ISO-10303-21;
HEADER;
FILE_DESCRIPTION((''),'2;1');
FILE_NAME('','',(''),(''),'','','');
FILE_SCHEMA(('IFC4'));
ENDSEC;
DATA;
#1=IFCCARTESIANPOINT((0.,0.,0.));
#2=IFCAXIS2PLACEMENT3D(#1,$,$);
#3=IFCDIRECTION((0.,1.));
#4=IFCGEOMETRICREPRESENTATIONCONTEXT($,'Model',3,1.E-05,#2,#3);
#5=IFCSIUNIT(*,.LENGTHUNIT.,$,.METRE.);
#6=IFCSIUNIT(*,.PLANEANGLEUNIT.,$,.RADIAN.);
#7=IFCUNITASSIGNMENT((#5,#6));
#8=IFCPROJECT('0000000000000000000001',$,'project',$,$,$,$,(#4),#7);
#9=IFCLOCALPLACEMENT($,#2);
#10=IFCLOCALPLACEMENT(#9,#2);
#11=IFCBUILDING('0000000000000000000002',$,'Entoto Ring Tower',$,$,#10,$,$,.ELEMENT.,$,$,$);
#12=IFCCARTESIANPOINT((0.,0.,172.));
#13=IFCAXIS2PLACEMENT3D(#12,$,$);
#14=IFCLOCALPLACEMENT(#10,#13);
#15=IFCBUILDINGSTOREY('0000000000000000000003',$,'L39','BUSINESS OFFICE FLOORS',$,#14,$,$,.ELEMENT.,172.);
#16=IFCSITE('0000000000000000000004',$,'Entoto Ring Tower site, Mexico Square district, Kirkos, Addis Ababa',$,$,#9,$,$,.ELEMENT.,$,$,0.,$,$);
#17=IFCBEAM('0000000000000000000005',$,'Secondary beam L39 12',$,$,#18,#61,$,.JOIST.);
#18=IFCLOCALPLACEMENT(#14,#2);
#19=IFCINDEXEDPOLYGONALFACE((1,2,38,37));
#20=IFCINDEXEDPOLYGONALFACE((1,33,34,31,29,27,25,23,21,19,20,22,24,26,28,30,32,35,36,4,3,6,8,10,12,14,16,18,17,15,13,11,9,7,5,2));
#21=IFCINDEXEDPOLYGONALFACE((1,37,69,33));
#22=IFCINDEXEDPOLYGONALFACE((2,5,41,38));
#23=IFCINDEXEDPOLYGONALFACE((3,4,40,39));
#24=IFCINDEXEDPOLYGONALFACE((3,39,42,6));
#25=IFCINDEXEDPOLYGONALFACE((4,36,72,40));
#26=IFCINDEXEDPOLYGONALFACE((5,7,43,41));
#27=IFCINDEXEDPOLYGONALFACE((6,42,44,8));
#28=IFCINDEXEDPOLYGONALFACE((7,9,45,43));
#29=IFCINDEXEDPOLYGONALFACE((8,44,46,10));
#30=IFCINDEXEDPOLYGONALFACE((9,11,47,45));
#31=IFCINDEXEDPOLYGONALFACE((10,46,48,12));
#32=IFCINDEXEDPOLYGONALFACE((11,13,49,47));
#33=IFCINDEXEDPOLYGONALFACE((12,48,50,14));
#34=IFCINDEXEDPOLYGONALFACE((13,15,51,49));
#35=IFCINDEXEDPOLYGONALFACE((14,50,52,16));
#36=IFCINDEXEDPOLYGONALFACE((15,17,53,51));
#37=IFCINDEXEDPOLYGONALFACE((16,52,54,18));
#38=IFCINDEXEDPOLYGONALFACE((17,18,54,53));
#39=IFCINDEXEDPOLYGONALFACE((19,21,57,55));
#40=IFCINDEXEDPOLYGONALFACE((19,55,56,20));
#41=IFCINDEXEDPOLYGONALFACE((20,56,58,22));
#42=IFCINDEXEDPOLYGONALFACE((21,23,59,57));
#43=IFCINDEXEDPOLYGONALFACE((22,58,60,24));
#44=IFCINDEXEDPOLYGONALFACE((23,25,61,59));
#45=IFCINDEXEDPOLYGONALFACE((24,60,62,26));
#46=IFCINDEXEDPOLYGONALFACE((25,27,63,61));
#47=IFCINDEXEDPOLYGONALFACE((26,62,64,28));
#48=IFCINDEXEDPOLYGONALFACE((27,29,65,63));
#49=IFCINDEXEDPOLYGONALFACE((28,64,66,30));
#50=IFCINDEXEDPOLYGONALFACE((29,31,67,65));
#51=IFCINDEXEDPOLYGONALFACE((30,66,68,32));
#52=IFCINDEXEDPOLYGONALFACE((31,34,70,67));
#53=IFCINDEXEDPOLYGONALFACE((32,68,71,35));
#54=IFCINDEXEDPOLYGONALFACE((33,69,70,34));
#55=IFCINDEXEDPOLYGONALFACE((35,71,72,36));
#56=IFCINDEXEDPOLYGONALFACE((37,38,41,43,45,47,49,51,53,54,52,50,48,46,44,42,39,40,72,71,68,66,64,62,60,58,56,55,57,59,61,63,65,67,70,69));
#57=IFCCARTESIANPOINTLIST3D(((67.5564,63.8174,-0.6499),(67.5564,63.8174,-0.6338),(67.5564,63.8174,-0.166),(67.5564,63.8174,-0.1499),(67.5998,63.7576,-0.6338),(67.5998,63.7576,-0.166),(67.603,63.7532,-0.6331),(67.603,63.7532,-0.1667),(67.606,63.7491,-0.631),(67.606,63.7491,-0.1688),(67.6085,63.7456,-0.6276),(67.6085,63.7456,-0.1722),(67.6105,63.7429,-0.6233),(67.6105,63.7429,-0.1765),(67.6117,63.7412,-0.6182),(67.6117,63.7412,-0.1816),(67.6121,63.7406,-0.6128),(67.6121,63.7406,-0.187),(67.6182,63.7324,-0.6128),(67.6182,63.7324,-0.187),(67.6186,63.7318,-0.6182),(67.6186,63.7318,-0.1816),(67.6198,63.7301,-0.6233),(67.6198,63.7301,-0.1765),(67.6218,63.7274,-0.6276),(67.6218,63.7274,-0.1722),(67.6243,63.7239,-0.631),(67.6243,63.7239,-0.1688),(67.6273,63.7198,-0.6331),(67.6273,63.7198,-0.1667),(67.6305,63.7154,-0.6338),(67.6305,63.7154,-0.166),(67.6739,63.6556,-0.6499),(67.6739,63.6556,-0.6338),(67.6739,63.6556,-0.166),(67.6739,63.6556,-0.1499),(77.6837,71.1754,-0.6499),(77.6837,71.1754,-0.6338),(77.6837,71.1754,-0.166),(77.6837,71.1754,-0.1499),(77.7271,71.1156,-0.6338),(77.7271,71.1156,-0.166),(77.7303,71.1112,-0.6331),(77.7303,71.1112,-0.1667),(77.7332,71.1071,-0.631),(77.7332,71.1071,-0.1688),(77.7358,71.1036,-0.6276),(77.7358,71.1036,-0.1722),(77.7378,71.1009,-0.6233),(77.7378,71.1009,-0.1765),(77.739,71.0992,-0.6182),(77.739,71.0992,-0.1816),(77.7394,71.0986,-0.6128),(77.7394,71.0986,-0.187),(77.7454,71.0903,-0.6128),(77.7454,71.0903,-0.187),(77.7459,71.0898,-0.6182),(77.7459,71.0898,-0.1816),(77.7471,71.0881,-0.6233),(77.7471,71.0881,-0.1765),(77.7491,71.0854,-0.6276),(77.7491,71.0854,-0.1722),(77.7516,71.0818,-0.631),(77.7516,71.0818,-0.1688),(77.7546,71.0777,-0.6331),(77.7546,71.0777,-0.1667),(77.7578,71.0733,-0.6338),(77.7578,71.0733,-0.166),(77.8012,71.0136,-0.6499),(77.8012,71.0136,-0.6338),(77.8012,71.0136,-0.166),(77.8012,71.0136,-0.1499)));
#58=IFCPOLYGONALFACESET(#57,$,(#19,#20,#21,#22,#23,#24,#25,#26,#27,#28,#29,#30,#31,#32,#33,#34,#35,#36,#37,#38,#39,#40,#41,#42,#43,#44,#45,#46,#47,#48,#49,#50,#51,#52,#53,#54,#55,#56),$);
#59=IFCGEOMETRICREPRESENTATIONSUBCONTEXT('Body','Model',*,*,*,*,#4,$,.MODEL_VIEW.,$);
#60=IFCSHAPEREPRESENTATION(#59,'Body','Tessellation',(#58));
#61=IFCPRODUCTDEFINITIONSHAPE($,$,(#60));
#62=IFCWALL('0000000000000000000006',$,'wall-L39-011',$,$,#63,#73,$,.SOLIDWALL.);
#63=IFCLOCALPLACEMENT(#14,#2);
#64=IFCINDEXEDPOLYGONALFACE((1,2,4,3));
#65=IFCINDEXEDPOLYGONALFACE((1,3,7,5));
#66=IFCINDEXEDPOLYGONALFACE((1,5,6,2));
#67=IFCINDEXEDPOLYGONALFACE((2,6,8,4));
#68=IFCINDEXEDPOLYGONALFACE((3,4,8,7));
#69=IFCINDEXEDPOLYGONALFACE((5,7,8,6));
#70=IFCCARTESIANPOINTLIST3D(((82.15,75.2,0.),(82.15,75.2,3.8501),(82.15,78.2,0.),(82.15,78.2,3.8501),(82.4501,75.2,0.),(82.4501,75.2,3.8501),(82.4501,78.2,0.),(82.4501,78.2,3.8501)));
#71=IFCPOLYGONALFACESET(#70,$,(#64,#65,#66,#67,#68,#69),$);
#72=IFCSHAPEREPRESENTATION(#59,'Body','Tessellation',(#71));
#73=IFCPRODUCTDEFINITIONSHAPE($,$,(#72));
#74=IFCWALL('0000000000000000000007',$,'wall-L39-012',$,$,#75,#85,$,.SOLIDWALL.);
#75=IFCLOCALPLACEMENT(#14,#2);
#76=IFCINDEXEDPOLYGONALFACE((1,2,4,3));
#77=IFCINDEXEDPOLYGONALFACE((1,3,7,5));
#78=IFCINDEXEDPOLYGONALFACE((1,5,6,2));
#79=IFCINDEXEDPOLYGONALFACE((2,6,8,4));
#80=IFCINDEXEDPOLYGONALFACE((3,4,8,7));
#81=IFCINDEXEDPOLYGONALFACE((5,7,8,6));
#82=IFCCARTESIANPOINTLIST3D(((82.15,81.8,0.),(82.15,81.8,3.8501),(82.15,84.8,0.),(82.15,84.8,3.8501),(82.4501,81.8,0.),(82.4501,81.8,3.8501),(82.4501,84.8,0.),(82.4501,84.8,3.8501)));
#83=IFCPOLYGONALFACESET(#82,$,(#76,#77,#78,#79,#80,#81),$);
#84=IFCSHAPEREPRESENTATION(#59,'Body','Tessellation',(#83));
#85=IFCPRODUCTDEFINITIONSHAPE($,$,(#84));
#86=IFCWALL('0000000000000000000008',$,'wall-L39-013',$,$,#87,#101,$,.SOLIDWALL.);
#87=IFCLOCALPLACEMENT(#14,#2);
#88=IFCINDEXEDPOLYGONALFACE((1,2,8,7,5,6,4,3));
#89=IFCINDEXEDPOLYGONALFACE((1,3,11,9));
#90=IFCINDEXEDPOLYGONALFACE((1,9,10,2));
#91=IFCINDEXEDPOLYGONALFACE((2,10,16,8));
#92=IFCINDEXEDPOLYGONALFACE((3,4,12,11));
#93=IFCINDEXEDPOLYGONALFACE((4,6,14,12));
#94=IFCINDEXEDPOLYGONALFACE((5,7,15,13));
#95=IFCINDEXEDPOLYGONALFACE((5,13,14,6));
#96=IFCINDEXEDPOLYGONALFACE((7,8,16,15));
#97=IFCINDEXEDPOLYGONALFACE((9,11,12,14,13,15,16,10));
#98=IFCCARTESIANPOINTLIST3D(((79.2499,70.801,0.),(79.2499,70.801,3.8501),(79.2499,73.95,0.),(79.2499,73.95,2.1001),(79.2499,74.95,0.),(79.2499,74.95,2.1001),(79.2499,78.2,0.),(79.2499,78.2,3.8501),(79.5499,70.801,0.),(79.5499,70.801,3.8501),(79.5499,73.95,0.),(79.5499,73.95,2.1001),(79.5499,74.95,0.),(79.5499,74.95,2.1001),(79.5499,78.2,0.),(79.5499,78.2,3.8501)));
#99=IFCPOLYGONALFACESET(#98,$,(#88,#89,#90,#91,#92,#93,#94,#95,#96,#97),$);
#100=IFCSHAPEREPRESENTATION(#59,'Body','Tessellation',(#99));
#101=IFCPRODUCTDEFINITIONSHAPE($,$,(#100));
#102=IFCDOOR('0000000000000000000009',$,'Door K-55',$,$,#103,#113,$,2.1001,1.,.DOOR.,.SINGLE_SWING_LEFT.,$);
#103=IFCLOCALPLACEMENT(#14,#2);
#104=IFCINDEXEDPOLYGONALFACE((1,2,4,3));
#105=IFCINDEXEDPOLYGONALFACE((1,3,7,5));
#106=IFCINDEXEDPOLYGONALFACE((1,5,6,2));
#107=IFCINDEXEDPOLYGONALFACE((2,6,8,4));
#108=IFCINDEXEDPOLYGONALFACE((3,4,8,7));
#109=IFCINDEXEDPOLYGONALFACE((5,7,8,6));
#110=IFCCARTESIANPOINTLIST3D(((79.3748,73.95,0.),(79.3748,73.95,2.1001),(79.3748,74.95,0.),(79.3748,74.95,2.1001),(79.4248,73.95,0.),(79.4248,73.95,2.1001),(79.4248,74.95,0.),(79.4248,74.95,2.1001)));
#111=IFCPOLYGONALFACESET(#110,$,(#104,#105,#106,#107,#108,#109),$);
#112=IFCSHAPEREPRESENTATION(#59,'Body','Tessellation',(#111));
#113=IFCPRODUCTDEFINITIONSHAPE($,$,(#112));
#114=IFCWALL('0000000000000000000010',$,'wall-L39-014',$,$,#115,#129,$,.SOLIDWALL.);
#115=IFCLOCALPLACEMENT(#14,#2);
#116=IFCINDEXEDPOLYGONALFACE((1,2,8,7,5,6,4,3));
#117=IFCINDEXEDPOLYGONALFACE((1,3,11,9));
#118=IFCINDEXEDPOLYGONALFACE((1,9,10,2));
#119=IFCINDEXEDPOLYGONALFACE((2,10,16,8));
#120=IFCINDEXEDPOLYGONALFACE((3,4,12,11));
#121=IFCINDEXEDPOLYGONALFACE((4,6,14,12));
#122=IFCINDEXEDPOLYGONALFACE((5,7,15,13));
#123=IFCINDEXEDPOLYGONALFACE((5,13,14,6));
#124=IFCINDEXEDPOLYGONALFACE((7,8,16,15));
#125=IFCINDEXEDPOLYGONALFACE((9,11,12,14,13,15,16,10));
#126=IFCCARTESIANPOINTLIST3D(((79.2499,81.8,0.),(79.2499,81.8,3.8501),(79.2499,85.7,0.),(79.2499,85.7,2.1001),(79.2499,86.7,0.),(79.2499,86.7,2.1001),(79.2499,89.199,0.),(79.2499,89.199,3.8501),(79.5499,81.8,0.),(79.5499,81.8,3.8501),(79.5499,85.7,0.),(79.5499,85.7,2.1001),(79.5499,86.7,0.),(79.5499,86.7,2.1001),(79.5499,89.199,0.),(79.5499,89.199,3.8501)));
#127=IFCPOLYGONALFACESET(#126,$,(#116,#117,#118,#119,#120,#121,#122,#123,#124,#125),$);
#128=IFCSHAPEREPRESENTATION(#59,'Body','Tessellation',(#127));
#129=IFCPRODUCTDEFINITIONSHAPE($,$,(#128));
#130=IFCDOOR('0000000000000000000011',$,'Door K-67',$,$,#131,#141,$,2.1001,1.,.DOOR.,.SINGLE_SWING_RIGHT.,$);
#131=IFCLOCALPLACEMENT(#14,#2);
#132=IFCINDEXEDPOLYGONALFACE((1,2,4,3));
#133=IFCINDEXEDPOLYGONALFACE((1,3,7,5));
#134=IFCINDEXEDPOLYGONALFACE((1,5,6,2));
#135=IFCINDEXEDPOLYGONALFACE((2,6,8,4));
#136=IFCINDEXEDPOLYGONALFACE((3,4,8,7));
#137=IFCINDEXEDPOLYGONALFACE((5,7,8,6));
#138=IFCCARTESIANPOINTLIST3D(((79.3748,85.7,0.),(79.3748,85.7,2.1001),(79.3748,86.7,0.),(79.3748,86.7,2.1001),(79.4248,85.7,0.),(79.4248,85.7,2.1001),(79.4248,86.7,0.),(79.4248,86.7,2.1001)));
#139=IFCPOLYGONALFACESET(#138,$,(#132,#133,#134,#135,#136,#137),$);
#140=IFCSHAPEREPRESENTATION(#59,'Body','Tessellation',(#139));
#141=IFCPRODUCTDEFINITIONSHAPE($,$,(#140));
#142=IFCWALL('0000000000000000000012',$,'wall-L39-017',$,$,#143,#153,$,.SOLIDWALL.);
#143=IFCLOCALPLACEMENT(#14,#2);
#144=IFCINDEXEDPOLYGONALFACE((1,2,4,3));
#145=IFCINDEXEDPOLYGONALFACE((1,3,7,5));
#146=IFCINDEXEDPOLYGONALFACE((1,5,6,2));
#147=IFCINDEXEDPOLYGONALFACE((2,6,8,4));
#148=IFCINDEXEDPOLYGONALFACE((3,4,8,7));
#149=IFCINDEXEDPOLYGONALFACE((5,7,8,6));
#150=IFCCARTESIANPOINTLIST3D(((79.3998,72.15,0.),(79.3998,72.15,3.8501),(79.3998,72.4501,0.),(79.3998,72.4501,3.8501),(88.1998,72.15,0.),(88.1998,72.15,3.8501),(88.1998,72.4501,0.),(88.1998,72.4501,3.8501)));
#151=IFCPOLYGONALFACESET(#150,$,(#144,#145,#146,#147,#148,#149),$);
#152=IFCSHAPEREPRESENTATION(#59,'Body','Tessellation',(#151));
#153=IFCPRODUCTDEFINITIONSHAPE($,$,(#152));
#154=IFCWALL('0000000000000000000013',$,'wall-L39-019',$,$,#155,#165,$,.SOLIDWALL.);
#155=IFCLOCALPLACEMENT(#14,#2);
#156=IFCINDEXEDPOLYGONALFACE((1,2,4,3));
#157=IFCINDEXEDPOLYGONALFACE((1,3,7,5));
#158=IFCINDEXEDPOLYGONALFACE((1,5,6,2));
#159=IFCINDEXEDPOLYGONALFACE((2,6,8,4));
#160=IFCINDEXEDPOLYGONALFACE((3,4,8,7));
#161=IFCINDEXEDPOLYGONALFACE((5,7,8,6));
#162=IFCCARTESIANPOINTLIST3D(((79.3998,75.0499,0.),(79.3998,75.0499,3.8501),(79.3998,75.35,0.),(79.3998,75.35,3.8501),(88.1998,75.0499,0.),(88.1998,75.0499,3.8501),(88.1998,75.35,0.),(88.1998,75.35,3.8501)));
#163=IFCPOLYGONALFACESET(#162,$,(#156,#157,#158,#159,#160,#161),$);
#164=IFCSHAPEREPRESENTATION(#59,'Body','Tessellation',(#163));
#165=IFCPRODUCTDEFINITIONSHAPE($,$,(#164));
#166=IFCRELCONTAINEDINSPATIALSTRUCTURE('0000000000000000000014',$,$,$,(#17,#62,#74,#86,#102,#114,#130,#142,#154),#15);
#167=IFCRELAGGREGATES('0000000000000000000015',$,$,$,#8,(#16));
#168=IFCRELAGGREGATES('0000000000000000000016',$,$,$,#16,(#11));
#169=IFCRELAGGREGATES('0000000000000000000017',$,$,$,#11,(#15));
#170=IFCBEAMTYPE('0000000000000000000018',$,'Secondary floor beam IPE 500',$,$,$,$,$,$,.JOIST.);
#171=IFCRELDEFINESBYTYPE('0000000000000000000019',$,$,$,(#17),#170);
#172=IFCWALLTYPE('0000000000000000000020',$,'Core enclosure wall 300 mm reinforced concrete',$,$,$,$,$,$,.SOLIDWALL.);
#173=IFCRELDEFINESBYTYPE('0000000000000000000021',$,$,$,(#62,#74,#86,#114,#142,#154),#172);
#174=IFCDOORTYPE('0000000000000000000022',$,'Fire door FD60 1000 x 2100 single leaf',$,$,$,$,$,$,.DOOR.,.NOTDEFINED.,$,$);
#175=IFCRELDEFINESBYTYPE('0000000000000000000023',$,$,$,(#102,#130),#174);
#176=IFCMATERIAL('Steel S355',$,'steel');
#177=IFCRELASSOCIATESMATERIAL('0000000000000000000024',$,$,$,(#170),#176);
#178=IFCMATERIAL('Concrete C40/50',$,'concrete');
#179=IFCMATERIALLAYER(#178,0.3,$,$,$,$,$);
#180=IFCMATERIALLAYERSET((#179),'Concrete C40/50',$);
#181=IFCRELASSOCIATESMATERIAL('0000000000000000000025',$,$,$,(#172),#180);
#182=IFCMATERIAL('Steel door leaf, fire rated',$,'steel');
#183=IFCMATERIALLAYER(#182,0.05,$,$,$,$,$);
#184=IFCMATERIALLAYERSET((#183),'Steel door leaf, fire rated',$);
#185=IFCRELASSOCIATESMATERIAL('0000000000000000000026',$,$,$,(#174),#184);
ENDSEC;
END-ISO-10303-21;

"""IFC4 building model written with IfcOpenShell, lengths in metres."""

from ifc_helpers import new_model, si_unit, direction, frame, frame_2d, origin, origin_2d, place, context, subcontext, project, spatial, rectangle, i_section, extrude, material, layer, layer_set, material_profile, profile_set, type_object, element, fill, save


model = new_model("IFC4")

# Units and contexts
model_context = context("Model", 3, precision=1e-05, world=origin(), true_north=direction((0.0, 1.0)))
body_context = subcontext(model_context, "Body", "Model", "MODEL_VIEW")
ifc_project = project(units=[si_unit("LENGTHUNIT", "METRE"), si_unit("PLANEANGLEUNIT", "RADIAN")], contexts=[model_context])

# Site, building, storey
site_placement = place(None, origin())
site = spatial("IfcSite", under=ifc_project, at=site_placement, Name="Entoto Ring Tower site, Mexico Square district, Kirkos, Addis Ababa", CompositionType="ELEMENT", RefElevation=0.0)
building_placement = place(site_placement, origin())
building = spatial("IfcBuilding", under=site, at=building_placement, Name="Entoto Ring Tower", CompositionType="ELEMENT")
storey_placement = place(building_placement, frame((0.0, 0.0, 172.0)))
storey = spatial("IfcBuildingStorey", under=building, at=storey_placement, Name="L39", Description="BUSINESS OFFICE FLOORS", CompositionType="ELEMENT", Elevation=172.0)

# Beam
ifc_material_1 = material(Name="Steel S355", Category="steel")
ifc_material_profile_1 = material_profile(ifc_material_1, i_section(OverallWidth=0.2, OverallDepth=0.5, WebThickness=0.0103, FlangeThickness=0.0161, FilletRadius=0.021, at=origin_2d()), Name="IPE 500")
ifc_profile_set_1 = profile_set([ifc_material_profile_1], Name="Steel S355")
beam_type_1 = type_object("IfcBeamType", Name="Secondary floor beam IPE 500", PredefinedType="JOIST", material=ifc_profile_set_1)
beam_1_placement = place(storey_placement, frame((77.7424, 71.0945, -0.3999), z_axis=(-0.809014, -0.587789, 0.0), x_axis=(0.587789, -0.809014, 0.0)))
element("IfcBeam", 1, at=beam_1_placement, inside=storey, type_object=beam_type_1, Name="Secondary beam L39 12", PredefinedType="JOIST", context=body_context, shape_type="SweptSolid", body=[
    extrude(i_section(OverallWidth=0.2, OverallDepth=0.5, WebThickness=0.0103, FlangeThickness=0.0161, FilletRadius=0.021, at=origin_2d()), origin(), (0.0, 0.0, 1.0), 12.5181),
])

# Walls
ifc_material_2 = material(Name="Concrete C40/50", Category="concrete")
ifc_layer_1 = layer(ifc_material_2, 0.3)
ifc_layer_set_1 = layer_set([ifc_layer_1], Name="Concrete C40/50")
wall_type_1 = type_object("IfcWallType", Name="Core enclosure wall 300 mm reinforced concrete", PredefinedType="SOLIDWALL", material=ifc_layer_set_1)
for number, where, z_axis, x_axis, name in (
    (2, (82.3, 75.2, 0.0), (0.0, 0.0, 1.0), (0.0, 1.0, 0.0), "wall-L39-011"),
    (3, (82.3, 81.8, 0.0), (0.0, 0.0, 1.0), (0.0, 1.0, 0.0), "wall-L39-012"),
):
    element("IfcWall", number, at=place(storey_placement, frame(where, z_axis=z_axis, x_axis=x_axis)), inside=storey, type_object=wall_type_1, Name=name, PredefinedType="SOLIDWALL", context=body_context, shape_type="SweptSolid", body=[
        extrude(rectangle(XDim=3.0, YDim=0.3, at=frame_2d((1.5, 0.0))), origin(), (0.0, 0.0, 1.0), 3.8501),
    ])

# Walls, openings, doors
wall_1_placement = place(storey_placement, frame((79.3999, 70.801, 0.0), z_axis=(0.0, 0.0, 1.0), x_axis=(0.0, 1.0, 0.0)))
wall_1 = element("IfcWall", 4, at=wall_1_placement, inside=storey, type_object=wall_type_1, Name="wall-L39-013", PredefinedType="SOLIDWALL", context=body_context, shape_type="SweptSolid", body=[
    extrude(rectangle(XDim=7.3989, YDim=0.3, at=frame_2d((3.6995, 0.0))), origin(), (0.0, 0.0, 1.0), 3.8501),
])
opening_1_placement = place(wall_1_placement, frame((3.1489, 0.0, 0.0)))
opening_1 = element("IfcOpeningElement", 5, at=opening_1_placement, cuts=wall_1, PredefinedType="OPENING", context=body_context, shape_type="SweptSolid", body=[
    extrude(rectangle(XDim=1.0, YDim=2.1001, at=frame_2d((0.5, 1.05))), frame((0.0, 0.1602, 0.0), z_axis=(0.0, -1.0, 0.0), x_axis=(1.0, 0.0, 0.0)), (0.0, 0.0, 1.0), 0.3201),
])
ifc_material_3 = material(Name="Steel door leaf, fire rated", Category="steel")
ifc_layer_2 = layer(ifc_material_3, 0.05)
ifc_layer_set_2 = layer_set([ifc_layer_2], Name="Steel door leaf, fire rated")
door_type_1 = type_object("IfcDoorType", Name="Fire door FD60 1000 x 2100 single leaf", OperationType="NOTDEFINED", PredefinedType="DOOR", material=ifc_layer_set_2)
door_1_placement = place(opening_1_placement, frame((1.0, 0.0, 0.0), z_axis=(0.0, 0.0, 1.0), x_axis=(-1.0, 0.0, 0.0)))
door_1 = element("IfcDoor", 6, at=door_1_placement, inside=storey, type_object=door_type_1, Name="Door K-55", OperationType="SINGLE_SWING_LEFT", OverallHeight=2.1001, OverallWidth=1.0, PredefinedType="DOOR", context=body_context, shape_type="SweptSolid", body=[
    extrude(rectangle(XDim=1.0, YDim=2.1001, at=frame_2d((0.5, 1.05))), frame((0.0, 0.0249, 0.0), z_axis=(0.0, -1.0, 0.0), x_axis=(1.0, 0.0, 0.0)), (0.0, 0.0, 1.0), 0.05),
])
fill(opening_1, door_1)
wall_2_placement = place(storey_placement, frame((79.3999, 81.8, 0.0), z_axis=(0.0, 0.0, 1.0), x_axis=(0.0, 1.0, 0.0)))
wall_2 = element("IfcWall", 7, at=wall_2_placement, inside=storey, type_object=wall_type_1, Name="wall-L39-014", PredefinedType="SOLIDWALL", context=body_context, shape_type="SweptSolid", body=[
    extrude(rectangle(XDim=7.3989, YDim=0.3, at=frame_2d((3.6995, 0.0))), origin(), (0.0, 0.0, 1.0), 3.8501),
])
opening_2_placement = place(wall_2_placement, frame((3.8999, 0.0, 0.0)))
opening_2 = element("IfcOpeningElement", 8, at=opening_2_placement, cuts=wall_2, PredefinedType="OPENING", context=body_context, shape_type="SweptSolid", body=[
    extrude(rectangle(XDim=1.0, YDim=2.1001, at=frame_2d((0.5, 1.05))), frame((0.0, 0.1602, 0.0), z_axis=(0.0, -1.0, 0.0), x_axis=(1.0, 0.0, 0.0)), (0.0, 0.0, 1.0), 0.3201),
])
door_2_placement = place(opening_2_placement, frame((1.0, 0.0, 0.0), z_axis=(0.0, 0.0, 1.0), x_axis=(-1.0, 0.0, 0.0)))
door_2 = element("IfcDoor", 9, at=door_2_placement, inside=storey, type_object=door_type_1, Name="Door K-67", OperationType="SINGLE_SWING_RIGHT", OverallHeight=2.1001, OverallWidth=1.0, PredefinedType="DOOR", context=body_context, shape_type="SweptSolid", body=[
    extrude(rectangle(XDim=1.0, YDim=2.1001, at=frame_2d((0.5, 1.05))), frame((0.0, 0.0249, 0.0), z_axis=(0.0, -1.0, 0.0), x_axis=(1.0, 0.0, 0.0)), (0.0, 0.0, 1.0), 0.05),
])
fill(opening_2, door_2)

# Walls
for number, where, z_axis, x_axis, name in (
    (10, (79.3999, 72.3, 0.0), (0.0, 0.0, 1.0), (1.0, 0.0, 0.0), "wall-L39-017"),
    (11, (79.3999, 75.2, 0.0), (0.0, 0.0, 1.0), (1.0, 0.0, 0.0), "wall-L39-019"),
):
    element("IfcWall", number, at=place(storey_placement, frame(where, z_axis=z_axis, x_axis=x_axis)), inside=storey, type_object=wall_type_1, Name=name, PredefinedType="SOLIDWALL", context=body_context, shape_type="SweptSolid", body=[
        extrude(rectangle(XDim=8.8, YDim=0.3, at=frame_2d((4.3999, 0.0))), origin(), (0.0, 0.0, 1.0), 3.8501),
    ])

save(model, "model.ifc")
